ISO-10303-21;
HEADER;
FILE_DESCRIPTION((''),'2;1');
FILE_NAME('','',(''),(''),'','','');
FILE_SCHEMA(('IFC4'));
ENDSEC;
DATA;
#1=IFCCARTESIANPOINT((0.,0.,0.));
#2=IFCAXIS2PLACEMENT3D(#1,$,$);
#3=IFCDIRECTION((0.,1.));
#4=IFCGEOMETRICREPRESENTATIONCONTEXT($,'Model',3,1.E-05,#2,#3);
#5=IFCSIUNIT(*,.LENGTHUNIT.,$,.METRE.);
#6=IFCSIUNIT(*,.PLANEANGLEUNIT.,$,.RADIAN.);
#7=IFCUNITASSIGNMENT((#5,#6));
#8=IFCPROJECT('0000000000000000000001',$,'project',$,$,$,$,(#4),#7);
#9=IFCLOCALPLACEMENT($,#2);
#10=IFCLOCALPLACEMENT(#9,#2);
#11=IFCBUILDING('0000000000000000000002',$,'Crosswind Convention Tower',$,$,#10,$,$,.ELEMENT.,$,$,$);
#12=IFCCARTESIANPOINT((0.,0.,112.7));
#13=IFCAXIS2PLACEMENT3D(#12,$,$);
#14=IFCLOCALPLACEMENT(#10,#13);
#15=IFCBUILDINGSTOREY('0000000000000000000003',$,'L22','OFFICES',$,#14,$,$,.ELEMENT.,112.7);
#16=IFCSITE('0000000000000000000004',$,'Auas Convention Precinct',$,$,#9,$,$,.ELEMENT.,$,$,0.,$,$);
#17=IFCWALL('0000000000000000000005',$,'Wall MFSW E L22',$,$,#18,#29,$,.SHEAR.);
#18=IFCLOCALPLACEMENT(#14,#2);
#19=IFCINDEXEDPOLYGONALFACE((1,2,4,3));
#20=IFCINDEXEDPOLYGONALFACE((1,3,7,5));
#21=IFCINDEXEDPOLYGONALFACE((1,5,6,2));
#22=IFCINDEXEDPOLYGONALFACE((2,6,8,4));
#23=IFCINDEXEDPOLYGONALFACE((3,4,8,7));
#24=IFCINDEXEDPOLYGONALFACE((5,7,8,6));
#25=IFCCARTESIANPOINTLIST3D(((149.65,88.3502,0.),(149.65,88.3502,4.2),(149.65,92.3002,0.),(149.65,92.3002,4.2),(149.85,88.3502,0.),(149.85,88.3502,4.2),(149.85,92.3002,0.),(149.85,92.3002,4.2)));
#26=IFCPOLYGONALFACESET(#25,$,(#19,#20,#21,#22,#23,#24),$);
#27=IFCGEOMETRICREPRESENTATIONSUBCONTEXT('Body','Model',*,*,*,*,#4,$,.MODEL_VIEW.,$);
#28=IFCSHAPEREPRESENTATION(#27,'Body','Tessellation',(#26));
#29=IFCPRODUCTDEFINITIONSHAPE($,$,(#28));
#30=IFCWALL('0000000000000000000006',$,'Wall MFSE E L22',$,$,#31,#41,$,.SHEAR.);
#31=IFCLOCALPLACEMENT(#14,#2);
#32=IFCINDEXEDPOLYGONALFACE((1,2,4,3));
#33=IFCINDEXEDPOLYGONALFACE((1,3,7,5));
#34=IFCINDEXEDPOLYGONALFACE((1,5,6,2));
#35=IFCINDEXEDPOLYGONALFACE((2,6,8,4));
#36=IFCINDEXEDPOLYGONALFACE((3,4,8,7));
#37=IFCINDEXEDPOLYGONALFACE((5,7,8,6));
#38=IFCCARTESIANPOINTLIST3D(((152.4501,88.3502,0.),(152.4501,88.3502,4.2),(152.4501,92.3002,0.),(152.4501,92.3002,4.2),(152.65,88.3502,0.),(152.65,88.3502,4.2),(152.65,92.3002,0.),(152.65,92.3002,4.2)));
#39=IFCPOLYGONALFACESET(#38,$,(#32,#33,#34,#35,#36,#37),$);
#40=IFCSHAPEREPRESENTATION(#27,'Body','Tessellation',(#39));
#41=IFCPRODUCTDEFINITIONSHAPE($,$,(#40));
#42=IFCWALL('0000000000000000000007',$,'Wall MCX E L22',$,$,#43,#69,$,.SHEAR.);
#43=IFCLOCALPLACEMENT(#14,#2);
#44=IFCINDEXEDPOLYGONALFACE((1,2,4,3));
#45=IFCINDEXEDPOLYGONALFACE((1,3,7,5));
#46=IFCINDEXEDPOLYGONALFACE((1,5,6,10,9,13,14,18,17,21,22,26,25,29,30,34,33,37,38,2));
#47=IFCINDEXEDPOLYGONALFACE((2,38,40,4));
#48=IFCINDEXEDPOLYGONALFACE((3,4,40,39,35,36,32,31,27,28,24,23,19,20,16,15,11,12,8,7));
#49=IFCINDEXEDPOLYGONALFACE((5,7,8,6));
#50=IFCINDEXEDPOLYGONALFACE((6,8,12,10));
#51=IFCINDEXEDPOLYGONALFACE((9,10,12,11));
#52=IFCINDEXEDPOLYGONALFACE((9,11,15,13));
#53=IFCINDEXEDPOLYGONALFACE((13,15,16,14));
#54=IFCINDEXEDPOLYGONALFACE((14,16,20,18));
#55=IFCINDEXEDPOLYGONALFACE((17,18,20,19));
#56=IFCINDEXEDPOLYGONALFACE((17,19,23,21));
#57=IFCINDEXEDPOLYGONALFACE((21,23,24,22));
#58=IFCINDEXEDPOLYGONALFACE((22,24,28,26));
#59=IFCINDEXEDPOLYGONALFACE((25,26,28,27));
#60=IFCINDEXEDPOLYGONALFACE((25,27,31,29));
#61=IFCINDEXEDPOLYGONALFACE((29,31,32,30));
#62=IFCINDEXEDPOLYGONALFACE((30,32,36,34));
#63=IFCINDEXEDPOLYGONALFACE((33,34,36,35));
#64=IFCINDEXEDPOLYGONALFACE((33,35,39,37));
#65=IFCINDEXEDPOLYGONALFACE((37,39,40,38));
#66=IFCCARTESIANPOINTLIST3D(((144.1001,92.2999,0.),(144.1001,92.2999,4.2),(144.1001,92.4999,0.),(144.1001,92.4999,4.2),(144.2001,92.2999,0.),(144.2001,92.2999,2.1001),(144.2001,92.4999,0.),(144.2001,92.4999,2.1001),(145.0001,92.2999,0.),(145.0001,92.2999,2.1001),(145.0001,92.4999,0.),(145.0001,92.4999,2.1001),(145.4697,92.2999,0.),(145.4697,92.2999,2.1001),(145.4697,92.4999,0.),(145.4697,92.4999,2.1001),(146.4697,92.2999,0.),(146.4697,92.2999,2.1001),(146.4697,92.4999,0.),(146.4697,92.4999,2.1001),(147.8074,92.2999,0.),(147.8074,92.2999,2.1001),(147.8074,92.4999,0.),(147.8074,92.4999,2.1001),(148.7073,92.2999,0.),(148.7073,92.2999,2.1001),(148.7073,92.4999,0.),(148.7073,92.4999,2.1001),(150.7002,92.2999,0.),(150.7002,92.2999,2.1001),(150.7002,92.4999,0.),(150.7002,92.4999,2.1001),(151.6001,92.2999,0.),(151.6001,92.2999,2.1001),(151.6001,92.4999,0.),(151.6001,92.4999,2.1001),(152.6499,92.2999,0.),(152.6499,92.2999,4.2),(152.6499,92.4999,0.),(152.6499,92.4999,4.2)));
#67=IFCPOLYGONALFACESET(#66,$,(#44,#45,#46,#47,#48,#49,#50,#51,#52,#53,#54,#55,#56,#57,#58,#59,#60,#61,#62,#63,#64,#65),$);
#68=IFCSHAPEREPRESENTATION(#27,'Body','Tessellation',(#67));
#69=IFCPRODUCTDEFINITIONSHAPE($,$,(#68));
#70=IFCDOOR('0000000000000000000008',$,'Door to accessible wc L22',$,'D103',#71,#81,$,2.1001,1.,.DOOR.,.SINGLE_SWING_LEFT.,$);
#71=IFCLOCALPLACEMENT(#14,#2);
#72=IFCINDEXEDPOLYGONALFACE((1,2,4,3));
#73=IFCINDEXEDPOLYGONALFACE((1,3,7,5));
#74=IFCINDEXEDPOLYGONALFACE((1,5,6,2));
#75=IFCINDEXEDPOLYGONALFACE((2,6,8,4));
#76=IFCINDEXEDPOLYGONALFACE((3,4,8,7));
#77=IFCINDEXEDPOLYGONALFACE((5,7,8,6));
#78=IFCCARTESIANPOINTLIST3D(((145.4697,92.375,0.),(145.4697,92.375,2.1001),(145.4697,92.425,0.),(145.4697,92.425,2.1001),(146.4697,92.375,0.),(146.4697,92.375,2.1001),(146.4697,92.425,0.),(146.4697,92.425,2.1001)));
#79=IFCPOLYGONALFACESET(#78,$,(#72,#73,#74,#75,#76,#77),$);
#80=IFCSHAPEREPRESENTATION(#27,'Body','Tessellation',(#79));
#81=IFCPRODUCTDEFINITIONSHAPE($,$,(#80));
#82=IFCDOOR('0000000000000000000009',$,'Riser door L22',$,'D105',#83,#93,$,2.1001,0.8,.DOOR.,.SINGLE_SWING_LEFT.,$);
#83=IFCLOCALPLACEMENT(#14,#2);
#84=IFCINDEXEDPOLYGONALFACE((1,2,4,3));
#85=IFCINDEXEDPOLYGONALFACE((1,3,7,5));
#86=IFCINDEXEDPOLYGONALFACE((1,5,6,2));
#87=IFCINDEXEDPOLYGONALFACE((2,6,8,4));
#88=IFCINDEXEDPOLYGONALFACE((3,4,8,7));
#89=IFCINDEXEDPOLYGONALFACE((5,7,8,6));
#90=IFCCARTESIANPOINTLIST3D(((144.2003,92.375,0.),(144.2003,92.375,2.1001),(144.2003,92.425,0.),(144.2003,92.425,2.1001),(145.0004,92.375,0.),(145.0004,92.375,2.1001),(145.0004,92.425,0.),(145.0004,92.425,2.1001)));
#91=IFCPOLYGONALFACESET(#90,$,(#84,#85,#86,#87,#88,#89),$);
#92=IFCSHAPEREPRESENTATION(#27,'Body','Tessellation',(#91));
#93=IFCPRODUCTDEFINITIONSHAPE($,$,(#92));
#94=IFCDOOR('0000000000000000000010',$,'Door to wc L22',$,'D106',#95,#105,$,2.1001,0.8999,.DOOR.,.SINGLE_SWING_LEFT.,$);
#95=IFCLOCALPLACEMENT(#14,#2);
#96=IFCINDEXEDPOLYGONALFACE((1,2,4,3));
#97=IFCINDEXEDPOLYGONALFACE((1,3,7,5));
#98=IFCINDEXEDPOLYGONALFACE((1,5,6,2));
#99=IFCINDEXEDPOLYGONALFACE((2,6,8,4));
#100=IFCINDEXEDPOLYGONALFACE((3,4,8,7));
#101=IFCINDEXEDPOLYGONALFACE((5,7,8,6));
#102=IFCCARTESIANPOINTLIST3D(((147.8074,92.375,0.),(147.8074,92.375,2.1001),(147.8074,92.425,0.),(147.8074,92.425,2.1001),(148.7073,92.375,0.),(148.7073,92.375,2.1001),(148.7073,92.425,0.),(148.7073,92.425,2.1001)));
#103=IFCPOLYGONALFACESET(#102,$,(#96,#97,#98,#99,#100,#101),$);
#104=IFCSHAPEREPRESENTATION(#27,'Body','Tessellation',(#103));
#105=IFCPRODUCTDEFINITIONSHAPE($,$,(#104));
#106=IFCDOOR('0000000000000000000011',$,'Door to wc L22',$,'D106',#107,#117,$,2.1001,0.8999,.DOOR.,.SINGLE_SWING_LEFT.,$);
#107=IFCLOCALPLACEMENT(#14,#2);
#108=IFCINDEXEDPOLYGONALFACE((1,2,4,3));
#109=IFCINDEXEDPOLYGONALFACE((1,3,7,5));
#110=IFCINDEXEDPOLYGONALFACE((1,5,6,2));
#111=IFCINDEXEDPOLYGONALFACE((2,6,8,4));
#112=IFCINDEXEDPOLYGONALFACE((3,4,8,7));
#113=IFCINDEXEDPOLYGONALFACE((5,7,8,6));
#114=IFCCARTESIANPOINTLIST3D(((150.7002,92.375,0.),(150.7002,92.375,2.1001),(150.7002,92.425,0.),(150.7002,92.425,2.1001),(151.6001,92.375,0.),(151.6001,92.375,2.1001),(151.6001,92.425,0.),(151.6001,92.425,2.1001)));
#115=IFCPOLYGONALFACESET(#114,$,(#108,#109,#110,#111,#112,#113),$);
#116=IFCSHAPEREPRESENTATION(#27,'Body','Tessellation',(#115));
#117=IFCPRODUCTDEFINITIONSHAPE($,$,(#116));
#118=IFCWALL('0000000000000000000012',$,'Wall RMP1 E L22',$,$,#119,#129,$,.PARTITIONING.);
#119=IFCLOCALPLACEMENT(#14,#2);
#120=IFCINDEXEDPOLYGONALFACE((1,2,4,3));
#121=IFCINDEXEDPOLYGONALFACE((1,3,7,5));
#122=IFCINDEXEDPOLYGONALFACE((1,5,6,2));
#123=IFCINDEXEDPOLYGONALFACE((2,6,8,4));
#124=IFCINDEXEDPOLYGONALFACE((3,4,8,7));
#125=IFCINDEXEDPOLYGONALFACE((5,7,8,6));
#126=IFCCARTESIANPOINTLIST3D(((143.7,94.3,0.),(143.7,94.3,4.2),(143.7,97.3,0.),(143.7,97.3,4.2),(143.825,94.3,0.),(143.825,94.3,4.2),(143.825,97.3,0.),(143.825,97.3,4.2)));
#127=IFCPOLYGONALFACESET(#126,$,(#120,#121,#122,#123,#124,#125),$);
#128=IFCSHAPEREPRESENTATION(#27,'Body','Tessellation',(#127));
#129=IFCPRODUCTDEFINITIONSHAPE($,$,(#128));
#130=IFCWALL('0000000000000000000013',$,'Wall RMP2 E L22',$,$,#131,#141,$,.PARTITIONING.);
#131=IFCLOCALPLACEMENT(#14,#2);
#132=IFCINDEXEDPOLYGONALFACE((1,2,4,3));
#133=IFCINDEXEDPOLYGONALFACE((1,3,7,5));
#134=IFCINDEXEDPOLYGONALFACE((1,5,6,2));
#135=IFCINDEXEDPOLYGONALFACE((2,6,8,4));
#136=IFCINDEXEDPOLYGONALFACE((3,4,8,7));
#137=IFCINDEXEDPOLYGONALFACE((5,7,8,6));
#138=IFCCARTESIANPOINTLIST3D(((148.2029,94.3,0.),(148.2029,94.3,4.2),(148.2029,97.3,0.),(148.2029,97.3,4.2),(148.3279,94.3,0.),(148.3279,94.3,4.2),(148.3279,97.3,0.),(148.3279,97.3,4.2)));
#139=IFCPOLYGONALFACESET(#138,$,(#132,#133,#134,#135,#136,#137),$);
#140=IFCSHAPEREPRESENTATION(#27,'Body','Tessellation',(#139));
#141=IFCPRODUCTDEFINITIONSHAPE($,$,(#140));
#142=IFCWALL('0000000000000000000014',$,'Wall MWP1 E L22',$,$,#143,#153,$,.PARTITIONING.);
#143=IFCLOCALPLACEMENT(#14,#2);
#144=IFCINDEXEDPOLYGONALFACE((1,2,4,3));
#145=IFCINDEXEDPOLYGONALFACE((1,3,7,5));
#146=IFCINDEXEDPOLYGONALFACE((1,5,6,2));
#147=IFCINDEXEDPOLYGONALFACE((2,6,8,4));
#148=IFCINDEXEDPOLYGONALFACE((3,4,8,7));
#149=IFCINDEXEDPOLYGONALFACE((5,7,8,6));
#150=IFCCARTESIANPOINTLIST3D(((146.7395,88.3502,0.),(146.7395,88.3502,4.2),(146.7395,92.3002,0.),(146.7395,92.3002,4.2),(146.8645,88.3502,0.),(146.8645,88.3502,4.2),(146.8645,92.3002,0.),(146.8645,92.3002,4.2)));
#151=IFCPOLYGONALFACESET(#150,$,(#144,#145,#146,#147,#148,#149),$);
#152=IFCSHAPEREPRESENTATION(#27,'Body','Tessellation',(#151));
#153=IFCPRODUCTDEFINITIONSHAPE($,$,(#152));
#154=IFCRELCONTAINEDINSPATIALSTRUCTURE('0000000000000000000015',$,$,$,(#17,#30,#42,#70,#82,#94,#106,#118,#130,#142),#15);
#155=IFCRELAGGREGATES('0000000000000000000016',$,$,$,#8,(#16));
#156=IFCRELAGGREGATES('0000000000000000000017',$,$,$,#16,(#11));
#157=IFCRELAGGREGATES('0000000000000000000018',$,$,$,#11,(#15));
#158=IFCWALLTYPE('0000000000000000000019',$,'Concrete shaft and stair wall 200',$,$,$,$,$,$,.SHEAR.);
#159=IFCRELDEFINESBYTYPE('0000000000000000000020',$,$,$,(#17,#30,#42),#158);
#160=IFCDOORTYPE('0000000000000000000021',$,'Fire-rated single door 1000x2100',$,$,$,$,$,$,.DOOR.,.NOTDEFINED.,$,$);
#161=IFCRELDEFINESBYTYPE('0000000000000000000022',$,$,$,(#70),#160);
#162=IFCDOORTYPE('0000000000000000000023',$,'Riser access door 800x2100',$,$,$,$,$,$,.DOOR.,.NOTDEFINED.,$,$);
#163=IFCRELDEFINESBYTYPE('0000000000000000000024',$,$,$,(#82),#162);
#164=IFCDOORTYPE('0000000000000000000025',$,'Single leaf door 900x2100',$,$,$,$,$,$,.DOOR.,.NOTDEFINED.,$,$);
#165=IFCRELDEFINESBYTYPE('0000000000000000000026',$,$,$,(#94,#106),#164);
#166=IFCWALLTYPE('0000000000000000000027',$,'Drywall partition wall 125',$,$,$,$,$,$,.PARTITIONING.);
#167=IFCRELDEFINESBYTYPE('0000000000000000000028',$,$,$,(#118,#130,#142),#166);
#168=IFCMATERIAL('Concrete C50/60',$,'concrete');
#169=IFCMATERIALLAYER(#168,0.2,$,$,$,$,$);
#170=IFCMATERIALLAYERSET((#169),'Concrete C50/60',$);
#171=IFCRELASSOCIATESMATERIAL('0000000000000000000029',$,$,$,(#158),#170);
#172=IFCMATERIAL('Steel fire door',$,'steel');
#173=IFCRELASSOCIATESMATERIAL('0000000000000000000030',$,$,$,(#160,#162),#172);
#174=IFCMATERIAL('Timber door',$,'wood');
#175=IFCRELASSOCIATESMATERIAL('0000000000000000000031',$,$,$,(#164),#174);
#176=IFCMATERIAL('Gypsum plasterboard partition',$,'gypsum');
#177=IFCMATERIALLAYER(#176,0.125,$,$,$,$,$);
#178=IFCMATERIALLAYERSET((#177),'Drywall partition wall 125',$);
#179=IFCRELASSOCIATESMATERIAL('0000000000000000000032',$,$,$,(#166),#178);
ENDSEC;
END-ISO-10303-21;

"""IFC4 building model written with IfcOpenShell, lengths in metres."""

from ifc_helpers import new_model, si_unit, direction, frame, frame_2d, origin, place, context, subcontext, project, spatial, rectangle, extrude, material, layer, layer_set, type_object, element, fill, save


model = new_model("IFC4")

# Units and contexts
model_context = context("Model", 3, precision=1e-05, world=origin(), true_north=direction((0.0, 1.0)))
body_context = subcontext(model_context, "Body", "Model", "MODEL_VIEW")
ifc_project = project(units=[si_unit("LENGTHUNIT", "METRE"), si_unit("PLANEANGLEUNIT", "RADIAN")], contexts=[model_context])

# Site, building, storey
site_placement = place(None, origin())
site = spatial("IfcSite", under=ifc_project, at=site_placement, Name="Auas Convention Precinct", CompositionType="ELEMENT", RefElevation=0.0)
building_placement = place(site_placement, origin())
building = spatial("IfcBuilding", under=site, at=building_placement, Name="Crosswind Convention Tower", CompositionType="ELEMENT")
storey_placement = place(building_placement, frame((0.0, 0.0, 112.7)))
storey = spatial("IfcBuildingStorey", under=building, at=storey_placement, Name="L22", Description="OFFICES", CompositionType="ELEMENT", Elevation=112.7)

# Walls
ifc_material_1 = material(Name="Concrete C50/60", Category="concrete")
ifc_layer_1 = layer(ifc_material_1, 0.2)
ifc_layer_set_1 = layer_set([ifc_layer_1], Name="Concrete C50/60")
wall_type_1 = type_object("IfcWallType", Name="Concrete shaft and stair wall 200", PredefinedType="SHEAR", material=ifc_layer_set_1)
for number, where, z_axis, x_axis, name in (
    (1, (149.75, 88.3501, 0.0), (0.0, 0.0, 1.0), (0.0, 1.0, 0.0), "Wall MFSW E L22"),
    (2, (152.55, 88.3501, 0.0), (0.0, 0.0, 1.0), (0.0, 1.0, 0.0), "Wall MFSE E L22"),
):
    element("IfcWall", number, at=place(storey_placement, frame(where, z_axis=z_axis, x_axis=x_axis)), inside=storey, type_object=wall_type_1, Name=name, PredefinedType="SHEAR", context=body_context, shape_type="SweptSolid", body=[
        extrude(rectangle(XDim=3.95, YDim=0.2, at=frame_2d((1.9751, 0.0))), origin(), (0.0, 0.0, 1.0), 4.2),
    ])

# Wall, openings, doors
wall_1_placement = place(storey_placement, frame((144.1001, 92.3999, 0.0), z_axis=(0.0, 0.0, 1.0), x_axis=(1.0, 0.0, 0.0)))
wall_1 = element("IfcWall", 3, at=wall_1_placement, inside=storey, type_object=wall_type_1, Name="Wall MCX E L22", PredefinedType="SHEAR", context=body_context, shape_type="SweptSolid", body=[
    extrude(rectangle(XDim=8.5498, YDim=0.2, at=frame_2d((4.2749, 0.0))), origin(), (0.0, 0.0, 1.0), 4.2),
])
opening_1_placement = place(wall_1_placement, frame((0.1001, 0.0, 0.0)))
opening_1 = element("IfcOpeningElement", 4, at=opening_1_placement, cuts=wall_1, PredefinedType="OPENING", context=body_context, shape_type="SweptSolid", body=[
    extrude(rectangle(XDim=0.8, YDim=2.1001, at=frame_2d((0.3999, 1.05))), frame((0.0, 0.1099, 0.0), z_axis=(0.0, -1.0, 0.0), x_axis=(1.0, 0.0, 0.0)), (0.0, 0.0, 1.0), 0.22),
])
opening_2_placement = place(wall_1_placement, frame((1.3696, 0.0, 0.0)))
opening_2 = element("IfcOpeningElement", 5, at=opening_2_placement, cuts=wall_1, PredefinedType="OPENING", context=body_context, shape_type="SweptSolid", body=[
    extrude(rectangle(XDim=1.0, YDim=2.1001, at=frame_2d((0.5, 1.05))), frame((0.0, 0.1099, 0.0), z_axis=(0.0, -1.0, 0.0), x_axis=(1.0, 0.0, 0.0)), (0.0, 0.0, 1.0), 0.22),
])
opening_3_placement = place(wall_1_placement, frame((3.7073, 0.0, 0.0)))
opening_3 = element("IfcOpeningElement", 6, at=opening_3_placement, cuts=wall_1, PredefinedType="OPENING", context=body_context, shape_type="SweptSolid", body=[
    extrude(rectangle(XDim=0.8999, YDim=2.1001, at=frame_2d((0.45, 1.05))), frame((0.0, 0.1099, 0.0), z_axis=(0.0, -1.0, 0.0), x_axis=(1.0, 0.0, 0.0)), (0.0, 0.0, 1.0), 0.22),
])
opening_4_placement = place(wall_1_placement, frame((6.6001, 0.0, 0.0)))
opening_4 = element("IfcOpeningElement", 7, at=opening_4_placement, cuts=wall_1, PredefinedType="OPENING", context=body_context, shape_type="SweptSolid", body=[
    extrude(rectangle(XDim=0.8999, YDim=2.1001, at=frame_2d((0.45, 1.05))), frame((0.0, 0.1099, 0.0), z_axis=(0.0, -1.0, 0.0), x_axis=(1.0, 0.0, 0.0)), (0.0, 0.0, 1.0), 0.22),
])
ifc_material_2 = material(Name="Steel fire door", Category="steel")
door_type_1 = type_object("IfcDoorType", Name="Fire-rated single door 1000x2100", OperationType="NOTDEFINED", PredefinedType="DOOR", material=ifc_material_2)
door_1_placement = place(opening_2_placement, frame((1.0, 0.0, 0.0), z_axis=(0.0, 0.0, 1.0), x_axis=(-1.0, 0.0, 0.0)))
door_1 = element("IfcDoor", 8, at=door_1_placement, inside=storey, type_object=door_type_1, Name="Door to accessible wc L22", ObjectType="D103", OperationType="SINGLE_SWING_LEFT", OverallHeight=2.1001, OverallWidth=1.0, PredefinedType="DOOR", context=body_context, shape_type="SweptSolid", body=[
    extrude(rectangle(XDim=1.0, YDim=2.1001, at=frame_2d((0.5, 1.05))), frame((0.0, 0.0249, 0.0), z_axis=(0.0, -1.0, 0.0), x_axis=(1.0, 0.0, 0.0)), (0.0, 0.0, 1.0), 0.05),
])
fill(opening_2, door_1)
door_type_2 = type_object("IfcDoorType", Name="Riser access door 800x2100", OperationType="NOTDEFINED", PredefinedType="DOOR", material=ifc_material_2)
door_2_placement = place(opening_1_placement, frame((0.8, 0.0, 0.0), z_axis=(0.0, 0.0, 1.0), x_axis=(-1.0, 0.0, 0.0)))
door_2 = element("IfcDoor", 9, at=door_2_placement, inside=storey, type_object=door_type_2, Name="Riser door L22", ObjectType="D105", OperationType="SINGLE_SWING_LEFT", OverallHeight=2.1001, OverallWidth=0.8, PredefinedType="DOOR", context=body_context, shape_type="SweptSolid", body=[
    extrude(rectangle(XDim=0.8, YDim=2.1001, at=frame_2d((0.3999, 1.05))), frame((0.0, 0.0249, 0.0), z_axis=(0.0, -1.0, 0.0), x_axis=(1.0, 0.0, 0.0)), (0.0, 0.0, 1.0), 0.05),
])
fill(opening_1, door_2)
ifc_material_3 = material(Name="Timber door", Category="wood")
door_type_3 = type_object("IfcDoorType", Name="Single leaf door 900x2100", OperationType="NOTDEFINED", PredefinedType="DOOR", material=ifc_material_3)
door_3_placement = place(opening_3_placement, frame((0.8999, 0.0, 0.0), z_axis=(0.0, 0.0, 1.0), x_axis=(-1.0, 0.0, 0.0)))
door_3 = element("IfcDoor", 10, at=door_3_placement, inside=storey, type_object=door_type_3, Name="Door to wc L22", ObjectType="D106", OperationType="SINGLE_SWING_LEFT", OverallHeight=2.1001, OverallWidth=0.8999, PredefinedType="DOOR", context=body_context, shape_type="SweptSolid", body=[
    extrude(rectangle(XDim=0.8999, YDim=2.1001, at=frame_2d((0.45, 1.05))), frame((0.0, 0.0249, 0.0), z_axis=(0.0, -1.0, 0.0), x_axis=(1.0, 0.0, 0.0)), (0.0, 0.0, 1.0), 0.05),
])
fill(opening_3, door_3)
door_4_placement = place(opening_4_placement, frame((0.8999, 0.0, 0.0), z_axis=(0.0, 0.0, 1.0), x_axis=(-1.0, 0.0, 0.0)))
door_4 = element("IfcDoor", 11, at=door_4_placement, inside=storey, type_object=door_type_3, Name="Door to wc L22", ObjectType="D106", OperationType="SINGLE_SWING_LEFT", OverallHeight=2.1001, OverallWidth=0.8999, PredefinedType="DOOR", context=body_context, shape_type="SweptSolid", body=[
    extrude(rectangle(XDim=0.8999, YDim=2.1001, at=frame_2d((0.45, 1.05))), frame((0.0, 0.0249, 0.0), z_axis=(0.0, -1.0, 0.0), x_axis=(1.0, 0.0, 0.0)), (0.0, 0.0, 1.0), 0.05),
])
fill(opening_4, door_4)

# Walls
ifc_material_4 = material(Name="Gypsum plasterboard partition", Category="gypsum")
ifc_layer_2 = layer(ifc_material_4, 0.125)
ifc_layer_set_2 = layer_set([ifc_layer_2], Name="Drywall partition wall 125")
wall_type_2 = type_object("IfcWallType", Name="Drywall partition wall 125", PredefinedType="PARTITIONING", material=ifc_layer_set_2)
for number, where, z_axis, x_axis, name in (
    (12, (143.7625, 94.3, 0.0), (0.0, 0.0, 1.0), (0.0, 1.0, 0.0), "Wall RMP1 E L22"),
    (13, (148.2654, 94.3, 0.0), (0.0, 0.0, 1.0), (0.0, 1.0, 0.0), "Wall RMP2 E L22"),
):
    element("IfcWall", number, at=place(storey_placement, frame(where, z_axis=z_axis, x_axis=x_axis)), inside=storey, type_object=wall_type_2, Name=name, PredefinedType="PARTITIONING", context=body_context, shape_type="SweptSolid", body=[
        extrude(rectangle(XDim=3.0, YDim=0.125, at=frame_2d((1.5, 0.0))), origin(), (0.0, 0.0, 1.0), 4.2),
    ])
wall_2_placement = place(storey_placement, frame((146.802, 88.3501, 0.0), z_axis=(0.0, 0.0, 1.0), x_axis=(0.0, 1.0, 0.0)))
element("IfcWall", 14, at=wall_2_placement, inside=storey, type_object=wall_type_2, Name="Wall MWP1 E L22", PredefinedType="PARTITIONING", context=body_context, shape_type="SweptSolid", body=[
    extrude(rectangle(XDim=3.95, YDim=0.125, at=frame_2d((1.9751, 0.0))), origin(), (0.0, 0.0, 1.0), 4.2),
])

save(model, "model.ifc")
